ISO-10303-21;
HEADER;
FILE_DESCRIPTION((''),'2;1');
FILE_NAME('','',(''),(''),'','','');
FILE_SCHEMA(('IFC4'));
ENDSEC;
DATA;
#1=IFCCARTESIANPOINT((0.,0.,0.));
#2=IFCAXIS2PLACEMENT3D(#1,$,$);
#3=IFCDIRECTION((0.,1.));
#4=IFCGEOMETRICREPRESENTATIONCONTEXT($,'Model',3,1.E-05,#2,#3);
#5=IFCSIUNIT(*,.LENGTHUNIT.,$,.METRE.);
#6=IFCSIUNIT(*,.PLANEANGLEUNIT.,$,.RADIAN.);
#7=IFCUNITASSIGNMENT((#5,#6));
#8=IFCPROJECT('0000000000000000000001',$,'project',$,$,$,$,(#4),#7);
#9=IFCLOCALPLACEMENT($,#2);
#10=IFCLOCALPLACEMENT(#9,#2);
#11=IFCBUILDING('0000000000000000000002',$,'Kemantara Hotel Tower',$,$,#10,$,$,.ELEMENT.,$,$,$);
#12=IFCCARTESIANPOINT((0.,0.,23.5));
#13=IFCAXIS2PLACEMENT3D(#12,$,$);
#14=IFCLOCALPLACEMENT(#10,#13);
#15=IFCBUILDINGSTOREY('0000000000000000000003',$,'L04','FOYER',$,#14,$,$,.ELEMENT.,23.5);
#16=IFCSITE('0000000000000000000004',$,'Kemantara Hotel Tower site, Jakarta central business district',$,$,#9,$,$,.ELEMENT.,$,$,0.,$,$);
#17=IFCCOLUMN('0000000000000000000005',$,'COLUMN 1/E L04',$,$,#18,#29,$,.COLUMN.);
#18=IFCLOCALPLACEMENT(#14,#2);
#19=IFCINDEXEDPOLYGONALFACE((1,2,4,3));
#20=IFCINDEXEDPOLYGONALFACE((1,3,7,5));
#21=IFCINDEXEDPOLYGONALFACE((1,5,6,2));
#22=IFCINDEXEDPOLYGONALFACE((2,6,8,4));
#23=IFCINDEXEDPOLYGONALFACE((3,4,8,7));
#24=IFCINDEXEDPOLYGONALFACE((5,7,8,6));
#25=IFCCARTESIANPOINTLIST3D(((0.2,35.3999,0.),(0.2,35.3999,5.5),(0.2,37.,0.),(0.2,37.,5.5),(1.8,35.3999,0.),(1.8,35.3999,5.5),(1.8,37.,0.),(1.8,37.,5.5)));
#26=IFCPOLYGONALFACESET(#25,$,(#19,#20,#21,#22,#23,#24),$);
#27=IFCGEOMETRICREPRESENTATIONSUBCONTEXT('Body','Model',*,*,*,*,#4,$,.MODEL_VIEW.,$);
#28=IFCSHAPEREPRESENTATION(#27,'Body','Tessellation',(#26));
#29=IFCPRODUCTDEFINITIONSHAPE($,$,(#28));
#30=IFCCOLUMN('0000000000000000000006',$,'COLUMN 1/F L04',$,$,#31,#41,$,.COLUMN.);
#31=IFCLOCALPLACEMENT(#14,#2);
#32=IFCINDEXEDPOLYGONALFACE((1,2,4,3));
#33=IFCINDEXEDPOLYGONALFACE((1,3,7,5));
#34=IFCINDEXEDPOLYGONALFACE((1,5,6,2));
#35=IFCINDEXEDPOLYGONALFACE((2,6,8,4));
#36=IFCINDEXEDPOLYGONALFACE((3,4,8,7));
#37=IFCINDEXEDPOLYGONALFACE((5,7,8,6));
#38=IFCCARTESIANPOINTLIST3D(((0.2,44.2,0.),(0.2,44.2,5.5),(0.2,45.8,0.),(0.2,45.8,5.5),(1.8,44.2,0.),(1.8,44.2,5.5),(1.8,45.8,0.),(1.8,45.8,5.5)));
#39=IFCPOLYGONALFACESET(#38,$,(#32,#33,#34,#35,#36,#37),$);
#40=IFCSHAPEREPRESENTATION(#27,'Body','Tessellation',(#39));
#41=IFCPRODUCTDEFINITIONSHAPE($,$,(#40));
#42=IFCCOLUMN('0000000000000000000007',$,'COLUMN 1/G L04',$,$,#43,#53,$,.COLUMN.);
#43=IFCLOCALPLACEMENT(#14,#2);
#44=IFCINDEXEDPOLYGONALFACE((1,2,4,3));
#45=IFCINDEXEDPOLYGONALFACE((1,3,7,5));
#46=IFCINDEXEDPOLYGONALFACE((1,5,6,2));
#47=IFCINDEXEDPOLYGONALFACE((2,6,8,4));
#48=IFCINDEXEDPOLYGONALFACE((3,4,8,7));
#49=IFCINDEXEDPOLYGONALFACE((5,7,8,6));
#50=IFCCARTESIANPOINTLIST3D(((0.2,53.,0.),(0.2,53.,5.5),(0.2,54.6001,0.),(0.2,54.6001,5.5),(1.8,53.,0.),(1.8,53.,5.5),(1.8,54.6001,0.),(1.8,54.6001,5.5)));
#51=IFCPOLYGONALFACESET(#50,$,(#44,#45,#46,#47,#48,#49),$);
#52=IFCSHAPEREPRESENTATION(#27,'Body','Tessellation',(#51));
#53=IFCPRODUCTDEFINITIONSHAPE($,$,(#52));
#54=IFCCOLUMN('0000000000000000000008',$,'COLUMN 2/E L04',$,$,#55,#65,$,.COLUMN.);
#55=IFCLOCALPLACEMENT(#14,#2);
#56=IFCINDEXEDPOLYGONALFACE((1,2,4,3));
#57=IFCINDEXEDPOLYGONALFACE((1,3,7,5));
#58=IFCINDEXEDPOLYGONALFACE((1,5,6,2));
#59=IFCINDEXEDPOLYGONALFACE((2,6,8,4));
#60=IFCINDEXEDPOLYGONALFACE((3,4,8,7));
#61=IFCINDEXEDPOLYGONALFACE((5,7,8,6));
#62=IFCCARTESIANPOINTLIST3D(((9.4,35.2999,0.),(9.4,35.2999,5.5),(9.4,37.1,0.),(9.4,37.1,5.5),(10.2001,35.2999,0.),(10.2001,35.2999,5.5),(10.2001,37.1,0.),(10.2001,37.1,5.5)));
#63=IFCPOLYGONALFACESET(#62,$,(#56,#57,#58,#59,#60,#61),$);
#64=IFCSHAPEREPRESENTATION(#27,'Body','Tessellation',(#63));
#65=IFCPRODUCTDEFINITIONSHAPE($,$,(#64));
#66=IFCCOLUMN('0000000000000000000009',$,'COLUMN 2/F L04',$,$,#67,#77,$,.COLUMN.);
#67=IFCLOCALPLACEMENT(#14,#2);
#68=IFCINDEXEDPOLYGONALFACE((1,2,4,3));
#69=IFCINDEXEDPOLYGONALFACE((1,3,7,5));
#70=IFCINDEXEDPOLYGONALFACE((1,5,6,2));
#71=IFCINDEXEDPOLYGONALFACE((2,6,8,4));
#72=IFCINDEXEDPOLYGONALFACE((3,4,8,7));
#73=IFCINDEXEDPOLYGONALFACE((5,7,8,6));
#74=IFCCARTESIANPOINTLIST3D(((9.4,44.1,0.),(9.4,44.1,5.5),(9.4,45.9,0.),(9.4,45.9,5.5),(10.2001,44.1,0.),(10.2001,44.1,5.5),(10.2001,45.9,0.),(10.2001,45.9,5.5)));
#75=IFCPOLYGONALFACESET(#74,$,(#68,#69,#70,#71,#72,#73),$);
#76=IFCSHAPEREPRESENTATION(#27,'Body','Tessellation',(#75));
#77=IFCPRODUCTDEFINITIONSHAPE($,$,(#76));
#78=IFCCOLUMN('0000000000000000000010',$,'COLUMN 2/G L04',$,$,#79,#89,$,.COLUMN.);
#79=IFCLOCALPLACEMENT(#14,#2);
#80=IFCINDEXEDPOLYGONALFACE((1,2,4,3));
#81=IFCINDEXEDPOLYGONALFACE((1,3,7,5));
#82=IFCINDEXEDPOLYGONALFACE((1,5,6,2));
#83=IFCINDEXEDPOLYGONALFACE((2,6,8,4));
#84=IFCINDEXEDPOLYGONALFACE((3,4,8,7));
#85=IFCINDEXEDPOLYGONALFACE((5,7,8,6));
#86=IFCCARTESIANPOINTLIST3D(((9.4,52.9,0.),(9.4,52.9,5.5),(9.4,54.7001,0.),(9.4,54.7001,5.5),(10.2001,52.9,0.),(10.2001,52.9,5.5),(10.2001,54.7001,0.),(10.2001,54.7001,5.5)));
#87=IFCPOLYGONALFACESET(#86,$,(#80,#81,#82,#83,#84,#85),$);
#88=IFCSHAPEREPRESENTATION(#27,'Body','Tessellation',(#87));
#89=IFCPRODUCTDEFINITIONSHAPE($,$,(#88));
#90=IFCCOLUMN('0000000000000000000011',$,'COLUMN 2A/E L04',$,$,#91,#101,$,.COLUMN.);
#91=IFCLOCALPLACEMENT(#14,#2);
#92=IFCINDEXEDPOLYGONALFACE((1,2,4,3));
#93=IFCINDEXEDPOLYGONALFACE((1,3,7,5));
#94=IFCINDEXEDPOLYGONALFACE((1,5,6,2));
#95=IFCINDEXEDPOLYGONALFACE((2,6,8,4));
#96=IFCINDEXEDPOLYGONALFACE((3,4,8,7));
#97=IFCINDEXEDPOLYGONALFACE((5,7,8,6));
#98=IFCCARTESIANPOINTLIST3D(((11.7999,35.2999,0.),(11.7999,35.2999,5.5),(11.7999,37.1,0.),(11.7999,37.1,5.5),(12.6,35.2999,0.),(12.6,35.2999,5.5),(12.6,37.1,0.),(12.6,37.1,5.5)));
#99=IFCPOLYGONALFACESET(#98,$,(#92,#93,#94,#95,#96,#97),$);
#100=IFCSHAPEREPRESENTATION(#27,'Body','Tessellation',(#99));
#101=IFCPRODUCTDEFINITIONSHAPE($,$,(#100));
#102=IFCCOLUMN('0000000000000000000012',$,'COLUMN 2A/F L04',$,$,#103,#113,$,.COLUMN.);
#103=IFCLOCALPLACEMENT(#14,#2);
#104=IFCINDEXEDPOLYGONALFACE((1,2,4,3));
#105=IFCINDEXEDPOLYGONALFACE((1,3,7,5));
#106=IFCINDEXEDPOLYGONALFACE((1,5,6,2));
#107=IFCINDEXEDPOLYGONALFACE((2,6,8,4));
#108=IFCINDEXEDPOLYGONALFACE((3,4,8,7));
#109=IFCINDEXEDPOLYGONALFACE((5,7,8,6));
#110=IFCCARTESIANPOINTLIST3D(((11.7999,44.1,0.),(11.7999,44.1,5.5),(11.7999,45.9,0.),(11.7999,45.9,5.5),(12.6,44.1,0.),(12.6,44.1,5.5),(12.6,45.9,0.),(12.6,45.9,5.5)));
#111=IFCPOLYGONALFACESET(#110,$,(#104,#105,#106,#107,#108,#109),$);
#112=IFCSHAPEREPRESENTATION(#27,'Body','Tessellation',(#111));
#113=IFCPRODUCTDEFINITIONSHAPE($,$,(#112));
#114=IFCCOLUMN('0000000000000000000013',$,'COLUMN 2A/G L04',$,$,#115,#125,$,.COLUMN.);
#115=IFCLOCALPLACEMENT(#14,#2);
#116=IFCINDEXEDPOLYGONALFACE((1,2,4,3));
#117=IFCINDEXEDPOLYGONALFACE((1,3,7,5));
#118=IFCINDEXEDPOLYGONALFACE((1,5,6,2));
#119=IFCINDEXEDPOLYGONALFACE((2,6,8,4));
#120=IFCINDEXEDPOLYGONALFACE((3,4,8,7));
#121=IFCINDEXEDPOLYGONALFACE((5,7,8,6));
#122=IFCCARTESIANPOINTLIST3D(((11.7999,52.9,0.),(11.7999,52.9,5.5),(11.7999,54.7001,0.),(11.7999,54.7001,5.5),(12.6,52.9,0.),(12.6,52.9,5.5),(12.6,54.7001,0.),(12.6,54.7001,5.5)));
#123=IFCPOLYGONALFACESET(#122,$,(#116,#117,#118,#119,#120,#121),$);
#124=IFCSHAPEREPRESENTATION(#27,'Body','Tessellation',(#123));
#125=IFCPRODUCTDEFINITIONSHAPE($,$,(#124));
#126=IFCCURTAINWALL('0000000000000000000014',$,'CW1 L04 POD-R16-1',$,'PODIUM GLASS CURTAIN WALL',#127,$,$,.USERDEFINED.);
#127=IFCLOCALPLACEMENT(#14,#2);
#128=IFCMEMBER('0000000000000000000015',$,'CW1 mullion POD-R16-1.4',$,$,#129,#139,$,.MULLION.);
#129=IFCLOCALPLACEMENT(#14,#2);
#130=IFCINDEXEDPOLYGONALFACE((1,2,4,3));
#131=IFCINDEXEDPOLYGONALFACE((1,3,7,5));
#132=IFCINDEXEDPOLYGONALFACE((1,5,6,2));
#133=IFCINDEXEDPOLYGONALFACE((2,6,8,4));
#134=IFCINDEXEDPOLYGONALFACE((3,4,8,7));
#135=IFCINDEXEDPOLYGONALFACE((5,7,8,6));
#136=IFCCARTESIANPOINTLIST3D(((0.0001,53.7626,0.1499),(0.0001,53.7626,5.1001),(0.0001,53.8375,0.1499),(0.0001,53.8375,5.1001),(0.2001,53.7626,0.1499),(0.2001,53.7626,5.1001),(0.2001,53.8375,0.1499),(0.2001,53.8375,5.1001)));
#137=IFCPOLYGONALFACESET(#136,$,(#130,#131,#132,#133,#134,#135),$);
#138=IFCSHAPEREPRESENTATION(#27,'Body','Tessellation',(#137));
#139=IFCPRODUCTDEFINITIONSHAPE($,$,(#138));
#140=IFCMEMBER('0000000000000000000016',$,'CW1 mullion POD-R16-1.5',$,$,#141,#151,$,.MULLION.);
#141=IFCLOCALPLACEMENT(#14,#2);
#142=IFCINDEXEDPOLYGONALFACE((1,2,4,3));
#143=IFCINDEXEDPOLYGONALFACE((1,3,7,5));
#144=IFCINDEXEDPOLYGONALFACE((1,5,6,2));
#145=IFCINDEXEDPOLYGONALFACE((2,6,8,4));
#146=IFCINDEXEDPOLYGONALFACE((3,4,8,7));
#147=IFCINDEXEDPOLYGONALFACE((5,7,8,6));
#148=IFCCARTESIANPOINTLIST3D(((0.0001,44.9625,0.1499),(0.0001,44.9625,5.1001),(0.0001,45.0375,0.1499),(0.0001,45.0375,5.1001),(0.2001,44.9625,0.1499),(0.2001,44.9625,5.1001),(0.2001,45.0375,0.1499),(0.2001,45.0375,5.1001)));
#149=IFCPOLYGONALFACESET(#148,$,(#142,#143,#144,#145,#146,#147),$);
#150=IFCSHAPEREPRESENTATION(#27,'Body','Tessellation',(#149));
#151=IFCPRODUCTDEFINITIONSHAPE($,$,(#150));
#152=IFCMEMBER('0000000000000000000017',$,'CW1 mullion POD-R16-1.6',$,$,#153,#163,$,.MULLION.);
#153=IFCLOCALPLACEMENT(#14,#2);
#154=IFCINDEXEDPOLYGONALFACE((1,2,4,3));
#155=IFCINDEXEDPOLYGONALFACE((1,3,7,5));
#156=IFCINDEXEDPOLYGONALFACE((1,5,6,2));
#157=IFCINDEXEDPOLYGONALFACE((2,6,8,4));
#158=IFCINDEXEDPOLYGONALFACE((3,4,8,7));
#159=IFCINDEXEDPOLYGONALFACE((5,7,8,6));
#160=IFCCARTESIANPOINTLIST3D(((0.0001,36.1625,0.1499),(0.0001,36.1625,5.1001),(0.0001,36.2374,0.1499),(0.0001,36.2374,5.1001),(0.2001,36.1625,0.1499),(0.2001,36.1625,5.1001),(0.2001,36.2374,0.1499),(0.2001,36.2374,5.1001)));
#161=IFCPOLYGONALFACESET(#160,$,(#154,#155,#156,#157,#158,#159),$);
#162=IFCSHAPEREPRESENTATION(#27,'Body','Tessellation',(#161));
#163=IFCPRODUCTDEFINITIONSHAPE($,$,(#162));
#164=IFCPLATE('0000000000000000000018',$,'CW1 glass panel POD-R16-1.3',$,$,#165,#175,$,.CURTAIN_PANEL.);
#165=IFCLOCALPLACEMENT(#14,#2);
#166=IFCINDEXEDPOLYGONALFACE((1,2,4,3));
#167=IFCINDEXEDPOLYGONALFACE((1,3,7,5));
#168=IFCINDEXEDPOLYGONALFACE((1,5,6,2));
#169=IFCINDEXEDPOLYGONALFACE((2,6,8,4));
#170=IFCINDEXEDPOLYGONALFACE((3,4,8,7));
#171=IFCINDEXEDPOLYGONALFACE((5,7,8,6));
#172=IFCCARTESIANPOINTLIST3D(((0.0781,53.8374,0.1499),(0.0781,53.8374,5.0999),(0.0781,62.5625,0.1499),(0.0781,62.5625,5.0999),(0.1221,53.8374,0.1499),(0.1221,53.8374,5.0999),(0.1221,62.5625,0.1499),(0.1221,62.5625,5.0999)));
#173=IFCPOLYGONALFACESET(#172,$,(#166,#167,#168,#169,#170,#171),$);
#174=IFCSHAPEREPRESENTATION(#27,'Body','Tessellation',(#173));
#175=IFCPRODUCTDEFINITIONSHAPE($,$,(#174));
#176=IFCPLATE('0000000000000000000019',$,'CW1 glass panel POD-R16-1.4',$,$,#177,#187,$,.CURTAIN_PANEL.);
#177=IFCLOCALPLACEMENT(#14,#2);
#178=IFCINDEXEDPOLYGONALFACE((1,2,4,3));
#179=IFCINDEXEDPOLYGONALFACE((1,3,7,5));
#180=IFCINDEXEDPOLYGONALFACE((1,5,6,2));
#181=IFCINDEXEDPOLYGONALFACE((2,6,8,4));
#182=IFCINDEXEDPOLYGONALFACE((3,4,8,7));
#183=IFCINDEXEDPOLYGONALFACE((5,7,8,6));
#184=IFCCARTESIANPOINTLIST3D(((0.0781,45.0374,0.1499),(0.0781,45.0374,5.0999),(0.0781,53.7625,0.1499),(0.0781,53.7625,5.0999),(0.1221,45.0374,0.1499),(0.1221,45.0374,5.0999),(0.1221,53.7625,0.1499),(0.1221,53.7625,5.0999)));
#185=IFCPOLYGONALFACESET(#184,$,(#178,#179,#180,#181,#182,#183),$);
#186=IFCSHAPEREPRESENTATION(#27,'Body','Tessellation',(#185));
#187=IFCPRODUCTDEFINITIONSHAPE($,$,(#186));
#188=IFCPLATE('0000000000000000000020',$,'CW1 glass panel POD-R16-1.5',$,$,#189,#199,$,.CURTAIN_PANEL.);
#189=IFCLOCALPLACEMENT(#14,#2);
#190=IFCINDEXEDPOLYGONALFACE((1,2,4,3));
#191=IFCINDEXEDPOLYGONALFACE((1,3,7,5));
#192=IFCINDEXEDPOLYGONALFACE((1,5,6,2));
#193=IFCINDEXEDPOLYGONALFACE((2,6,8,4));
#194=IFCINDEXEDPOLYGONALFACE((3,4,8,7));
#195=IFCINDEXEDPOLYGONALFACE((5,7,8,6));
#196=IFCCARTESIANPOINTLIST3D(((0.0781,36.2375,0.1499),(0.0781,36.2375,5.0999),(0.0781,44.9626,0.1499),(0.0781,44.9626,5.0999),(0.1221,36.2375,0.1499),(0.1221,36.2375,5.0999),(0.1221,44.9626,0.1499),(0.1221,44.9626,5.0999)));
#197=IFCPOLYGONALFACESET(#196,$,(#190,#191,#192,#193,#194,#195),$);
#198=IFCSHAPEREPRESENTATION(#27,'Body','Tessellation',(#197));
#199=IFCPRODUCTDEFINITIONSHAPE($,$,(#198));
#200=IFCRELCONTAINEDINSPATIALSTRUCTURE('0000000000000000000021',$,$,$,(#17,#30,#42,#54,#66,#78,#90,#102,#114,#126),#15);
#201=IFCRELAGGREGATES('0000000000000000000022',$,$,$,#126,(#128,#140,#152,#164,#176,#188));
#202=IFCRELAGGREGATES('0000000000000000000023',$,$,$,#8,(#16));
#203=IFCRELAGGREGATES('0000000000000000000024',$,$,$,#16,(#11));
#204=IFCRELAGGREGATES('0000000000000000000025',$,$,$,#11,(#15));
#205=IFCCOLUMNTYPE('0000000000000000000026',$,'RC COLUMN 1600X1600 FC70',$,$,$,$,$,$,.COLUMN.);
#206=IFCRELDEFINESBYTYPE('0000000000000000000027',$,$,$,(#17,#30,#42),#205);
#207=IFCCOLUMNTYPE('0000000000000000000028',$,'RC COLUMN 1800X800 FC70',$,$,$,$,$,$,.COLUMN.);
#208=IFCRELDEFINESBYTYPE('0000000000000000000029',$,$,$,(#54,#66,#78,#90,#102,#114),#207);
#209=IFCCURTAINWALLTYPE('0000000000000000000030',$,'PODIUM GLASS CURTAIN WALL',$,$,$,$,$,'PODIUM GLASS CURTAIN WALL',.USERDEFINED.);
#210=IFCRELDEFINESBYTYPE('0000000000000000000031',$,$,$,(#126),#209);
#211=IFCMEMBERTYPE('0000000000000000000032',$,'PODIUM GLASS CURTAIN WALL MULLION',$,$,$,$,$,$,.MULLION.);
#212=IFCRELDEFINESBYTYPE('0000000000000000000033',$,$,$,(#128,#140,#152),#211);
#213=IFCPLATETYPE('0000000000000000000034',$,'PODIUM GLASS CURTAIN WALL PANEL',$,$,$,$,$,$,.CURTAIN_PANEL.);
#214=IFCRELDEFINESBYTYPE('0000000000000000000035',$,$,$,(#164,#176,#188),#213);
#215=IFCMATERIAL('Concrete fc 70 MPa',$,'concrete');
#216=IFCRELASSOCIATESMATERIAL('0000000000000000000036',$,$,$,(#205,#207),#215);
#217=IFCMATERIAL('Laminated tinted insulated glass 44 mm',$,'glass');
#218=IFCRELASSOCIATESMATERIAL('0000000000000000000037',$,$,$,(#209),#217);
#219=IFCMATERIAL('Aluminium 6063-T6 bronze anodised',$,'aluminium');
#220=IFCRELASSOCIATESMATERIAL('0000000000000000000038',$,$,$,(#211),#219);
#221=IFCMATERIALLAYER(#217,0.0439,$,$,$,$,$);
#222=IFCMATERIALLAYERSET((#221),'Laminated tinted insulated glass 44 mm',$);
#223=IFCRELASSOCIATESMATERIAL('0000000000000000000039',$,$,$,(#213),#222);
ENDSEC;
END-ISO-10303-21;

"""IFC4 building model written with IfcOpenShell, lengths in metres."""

from ifc_helpers import new_model, si_unit, direction, frame, origin, origin_2d, place, context, subcontext, project, spatial, rectangle, extrude, source, transform, mapped, material, layer, layer_set, material_profile, profile_set, type_object, element, aggregate, save


model = new_model("IFC4")

# Units and contexts
model_context = context("Model", 3, precision=1e-05, world=origin(), true_north=direction((0.0, 1.0)))
body_context = subcontext(model_context, "Body", "Model", "MODEL_VIEW")
ifc_project = project(units=[si_unit("LENGTHUNIT", "METRE"), si_unit("PLANEANGLEUNIT", "RADIAN")], contexts=[model_context])

# Site, building, storey
site_placement = place(None, origin())
site = spatial("IfcSite", under=ifc_project, at=site_placement, Name="Kemantara Hotel Tower site, Jakarta central business district", CompositionType="ELEMENT", RefElevation=0.0)
building_placement = place(site_placement, origin())
building = spatial("IfcBuilding", under=site, at=building_placement, Name="Kemantara Hotel Tower", CompositionType="ELEMENT")
storey_placement = place(building_placement, frame((0.0, 0.0, 23.5)))
storey = spatial("IfcBuildingStorey", under=building, at=storey_placement, Name="L04", Description="FOYER", CompositionType="ELEMENT", Elevation=23.5)

# Columns
ifc_material_1 = material(Name="Concrete fc 70 MPa", Category="concrete")
ifc_material_profile_1 = material_profile(ifc_material_1, rectangle(XDim=1.6001, YDim=1.6001, at=origin_2d()), Name="RC 1600X1600")
ifc_profile_set_1 = profile_set([ifc_material_profile_1], Name="Concrete fc 70 MPa")
column_type_1 = type_object("IfcColumnType", Name="RC COLUMN 1600X1600 FC70", PredefinedType="COLUMN", material=ifc_profile_set_1)
for number, where, z_axis, x_axis, name in (
    (1, (1.0, 36.2, 0.0), (0.0, 0.0, 1.0), (1.0, 0.0, 0.0), "COLUMN 1/E L04"),
    (2, (1.0, 45.0, 0.0), (0.0, 0.0, 1.0), (1.0, 0.0, 0.0), "COLUMN 1/F L04"),
    (3, (1.0, 53.8, 0.0), (0.0, 0.0, 1.0), (1.0, 0.0, 0.0), "COLUMN 1/G L04"),
):
    element("IfcColumn", number, at=place(storey_placement, frame(where, z_axis=z_axis, x_axis=x_axis)), inside=storey, type_object=column_type_1, Name=name, PredefinedType="COLUMN", context=body_context, shape_type="SweptSolid", body=[
        extrude(rectangle(XDim=1.6001, YDim=1.6001, at=origin_2d()), origin(), (0.0, 0.0, 1.0), 5.5),
    ])
ifc_material_profile_2 = material_profile(ifc_material_1, rectangle(XDim=1.8, YDim=0.8, at=origin_2d()), Name="RC 1800X800")
ifc_profile_set_2 = profile_set([ifc_material_profile_2], Name="Concrete fc 70 MPa")
column_type_2 = type_object("IfcColumnType", Name="RC COLUMN 1800X800 FC70", PredefinedType="COLUMN", material=ifc_profile_set_2)
for number, where, z_axis, x_axis, name in (
    (4, (9.8, 36.2, 0.0), (0.0, 0.0, 1.0), (0.0, 1.0, 0.0), "COLUMN 2/E L04"),
    (5, (9.8, 45.0, 0.0), (0.0, 0.0, 1.0), (0.0, 1.0, 0.0), "COLUMN 2/F L04"),
    (6, (9.8, 53.8, 0.0), (0.0, 0.0, 1.0), (0.0, 1.0, 0.0), "COLUMN 2/G L04"),
    (7, (12.2, 36.2, 0.0), (0.0, 0.0, 1.0), (0.0, 1.0, 0.0), "COLUMN 2A/E L04"),
    (8, (12.2, 45.0, 0.0), (0.0, 0.0, 1.0), (0.0, 1.0, 0.0), "COLUMN 2A/F L04"),
    (9, (12.2, 53.8, 0.0), (0.0, 0.0, 1.0), (0.0, 1.0, 0.0), "COLUMN 2A/G L04"),
):
    element("IfcColumn", number, at=place(storey_placement, frame(where, z_axis=z_axis, x_axis=x_axis)), inside=storey, type_object=column_type_2, Name=name, PredefinedType="COLUMN", context=body_context, shape_type="SweptSolid", body=[
        extrude(rectangle(XDim=1.8, YDim=0.8, at=origin_2d()), origin(), (0.0, 0.0, 1.0), 5.5),
    ])

# Curtain wall, members, plates
ifc_material_2 = material(Name="Laminated tinted insulated glass 44 mm", Category="glass")
curtain_wall_type = type_object("IfcCurtainWallType", Name="PODIUM GLASS CURTAIN WALL", ElementType="PODIUM GLASS CURTAIN WALL", PredefinedType="USERDEFINED", material=ifc_material_2)
curtain_wall_placement = place(storey_placement, origin())
curtain_wall = element("IfcCurtainWall", 10, at=curtain_wall_placement, inside=storey, type_object=curtain_wall_type, Name="CW1 L04 POD-R16-1", ObjectType="PODIUM GLASS CURTAIN WALL", PredefinedType="USERDEFINED")
ifc_material_3 = material(Name="Aluminium 6063-T6 bronze anodised", Category="aluminium")
ifc_material_profile_3 = material_profile(ifc_material_3, rectangle(XDim=0.2, YDim=0.075, at=origin_2d()), Name="PODIUM GLASS CURTAIN WALL MULLION")
ifc_profile_set_3 = profile_set([ifc_material_profile_3], Name="Aluminium 6063-T6 bronze anodised")
member_type = type_object("IfcMemberType", Name="PODIUM GLASS CURTAIN WALL MULLION", PredefinedType="MULLION", material=ifc_profile_set_3)
shared_shape_1 = source(origin(), body_context, "Body", "SweptSolid", [
    extrude(rectangle(XDim=0.2, YDim=0.075, at=origin_2d()), origin(), (0.0, 0.0, 1.0), 4.9502),
])
member_1_placement = place(storey_placement, frame((0.1001, 53.8, 0.1499), z_axis=(0.0, 0.0, 1.0), x_axis=(1.0, 0.0, 0.0)))
member_1 = element("IfcMember", 11, at=member_1_placement, type_object=member_type, Name="CW1 mullion POD-R16-1.4", PredefinedType="MULLION", context=body_context, shape_type="MappedRepresentation", body=[
    mapped(shared_shape_1, transform((0.0, 0.0, 0.0))),
])
member_2_placement = place(storey_placement, frame((0.1001, 45.0, 0.1499), z_axis=(0.0, 0.0, 1.0), x_axis=(1.0, 0.0, 0.0)))
member_2 = element("IfcMember", 12, at=member_2_placement, type_object=member_type, Name="CW1 mullion POD-R16-1.5", PredefinedType="MULLION", context=body_context, shape_type="MappedRepresentation", body=[
    mapped(shared_shape_1, transform((0.0, 0.0, 0.0))),
])
member_3_placement = place(storey_placement, frame((0.1001, 36.2, 0.1499), z_axis=(0.0, 0.0, 1.0), x_axis=(1.0, 0.0, 0.0)))
member_3 = element("IfcMember", 13, at=member_3_placement, type_object=member_type, Name="CW1 mullion POD-R16-1.6", PredefinedType="MULLION", context=body_context, shape_type="MappedRepresentation", body=[
    mapped(shared_shape_1, transform((0.0, 0.0, 0.0))),
])
ifc_layer_1 = layer(ifc_material_2, 0.0439)
ifc_layer_set_1 = layer_set([ifc_layer_1], Name="Laminated tinted insulated glass 44 mm")
plate_type = type_object("IfcPlateType", Name="PODIUM GLASS CURTAIN WALL PANEL", PredefinedType="CURTAIN_PANEL", material=ifc_layer_set_1)
shared_shape_2 = source(origin(), body_context, "Body", "SweptSolid", [
    extrude(rectangle(XDim=8.7251, YDim=0.0439, at=origin_2d()), origin(), (0.0, 0.0, 1.0), 4.95),
])
plate_1_placement = place(storey_placement, frame((0.1001, 58.2, 0.1499), z_axis=(0.0, 0.0, 1.0), x_axis=(0.0, -1.0, 0.0)))
plate_1 = element("IfcPlate", 14, at=plate_1_placement, type_object=plate_type, Name="CW1 glass panel POD-R16-1.3", PredefinedType="CURTAIN_PANEL", context=body_context, shape_type="MappedRepresentation", body=[
    mapped(shared_shape_2, transform((0.0, 0.0, 0.0))),
])
plate_2_placement = place(storey_placement, frame((0.1001, 49.3999, 0.1499), z_axis=(0.0, 0.0, 1.0), x_axis=(0.0, -1.0, 0.0)))
plate_2 = element("IfcPlate", 15, at=plate_2_placement, type_object=plate_type, Name="CW1 glass panel POD-R16-1.4", PredefinedType="CURTAIN_PANEL", context=body_context, shape_type="MappedRepresentation", body=[
    mapped(shared_shape_2, transform((0.0, 0.0, 0.0))),
])
plate_3_placement = place(storey_placement, frame((0.1001, 40.6001, 0.1499), z_axis=(0.0, 0.0, 1.0), x_axis=(0.0, -1.0, 0.0)))
plate_3 = element("IfcPlate", 16, at=plate_3_placement, type_object=plate_type, Name="CW1 glass panel POD-R16-1.5", PredefinedType="CURTAIN_PANEL", context=body_context, shape_type="MappedRepresentation", body=[
    mapped(shared_shape_2, transform((0.0, 0.0, 0.0))),
])
aggregate(curtain_wall, [member_1, member_2, member_3, plate_1, plate_2, plate_3])

save(model, "model.ifc")
